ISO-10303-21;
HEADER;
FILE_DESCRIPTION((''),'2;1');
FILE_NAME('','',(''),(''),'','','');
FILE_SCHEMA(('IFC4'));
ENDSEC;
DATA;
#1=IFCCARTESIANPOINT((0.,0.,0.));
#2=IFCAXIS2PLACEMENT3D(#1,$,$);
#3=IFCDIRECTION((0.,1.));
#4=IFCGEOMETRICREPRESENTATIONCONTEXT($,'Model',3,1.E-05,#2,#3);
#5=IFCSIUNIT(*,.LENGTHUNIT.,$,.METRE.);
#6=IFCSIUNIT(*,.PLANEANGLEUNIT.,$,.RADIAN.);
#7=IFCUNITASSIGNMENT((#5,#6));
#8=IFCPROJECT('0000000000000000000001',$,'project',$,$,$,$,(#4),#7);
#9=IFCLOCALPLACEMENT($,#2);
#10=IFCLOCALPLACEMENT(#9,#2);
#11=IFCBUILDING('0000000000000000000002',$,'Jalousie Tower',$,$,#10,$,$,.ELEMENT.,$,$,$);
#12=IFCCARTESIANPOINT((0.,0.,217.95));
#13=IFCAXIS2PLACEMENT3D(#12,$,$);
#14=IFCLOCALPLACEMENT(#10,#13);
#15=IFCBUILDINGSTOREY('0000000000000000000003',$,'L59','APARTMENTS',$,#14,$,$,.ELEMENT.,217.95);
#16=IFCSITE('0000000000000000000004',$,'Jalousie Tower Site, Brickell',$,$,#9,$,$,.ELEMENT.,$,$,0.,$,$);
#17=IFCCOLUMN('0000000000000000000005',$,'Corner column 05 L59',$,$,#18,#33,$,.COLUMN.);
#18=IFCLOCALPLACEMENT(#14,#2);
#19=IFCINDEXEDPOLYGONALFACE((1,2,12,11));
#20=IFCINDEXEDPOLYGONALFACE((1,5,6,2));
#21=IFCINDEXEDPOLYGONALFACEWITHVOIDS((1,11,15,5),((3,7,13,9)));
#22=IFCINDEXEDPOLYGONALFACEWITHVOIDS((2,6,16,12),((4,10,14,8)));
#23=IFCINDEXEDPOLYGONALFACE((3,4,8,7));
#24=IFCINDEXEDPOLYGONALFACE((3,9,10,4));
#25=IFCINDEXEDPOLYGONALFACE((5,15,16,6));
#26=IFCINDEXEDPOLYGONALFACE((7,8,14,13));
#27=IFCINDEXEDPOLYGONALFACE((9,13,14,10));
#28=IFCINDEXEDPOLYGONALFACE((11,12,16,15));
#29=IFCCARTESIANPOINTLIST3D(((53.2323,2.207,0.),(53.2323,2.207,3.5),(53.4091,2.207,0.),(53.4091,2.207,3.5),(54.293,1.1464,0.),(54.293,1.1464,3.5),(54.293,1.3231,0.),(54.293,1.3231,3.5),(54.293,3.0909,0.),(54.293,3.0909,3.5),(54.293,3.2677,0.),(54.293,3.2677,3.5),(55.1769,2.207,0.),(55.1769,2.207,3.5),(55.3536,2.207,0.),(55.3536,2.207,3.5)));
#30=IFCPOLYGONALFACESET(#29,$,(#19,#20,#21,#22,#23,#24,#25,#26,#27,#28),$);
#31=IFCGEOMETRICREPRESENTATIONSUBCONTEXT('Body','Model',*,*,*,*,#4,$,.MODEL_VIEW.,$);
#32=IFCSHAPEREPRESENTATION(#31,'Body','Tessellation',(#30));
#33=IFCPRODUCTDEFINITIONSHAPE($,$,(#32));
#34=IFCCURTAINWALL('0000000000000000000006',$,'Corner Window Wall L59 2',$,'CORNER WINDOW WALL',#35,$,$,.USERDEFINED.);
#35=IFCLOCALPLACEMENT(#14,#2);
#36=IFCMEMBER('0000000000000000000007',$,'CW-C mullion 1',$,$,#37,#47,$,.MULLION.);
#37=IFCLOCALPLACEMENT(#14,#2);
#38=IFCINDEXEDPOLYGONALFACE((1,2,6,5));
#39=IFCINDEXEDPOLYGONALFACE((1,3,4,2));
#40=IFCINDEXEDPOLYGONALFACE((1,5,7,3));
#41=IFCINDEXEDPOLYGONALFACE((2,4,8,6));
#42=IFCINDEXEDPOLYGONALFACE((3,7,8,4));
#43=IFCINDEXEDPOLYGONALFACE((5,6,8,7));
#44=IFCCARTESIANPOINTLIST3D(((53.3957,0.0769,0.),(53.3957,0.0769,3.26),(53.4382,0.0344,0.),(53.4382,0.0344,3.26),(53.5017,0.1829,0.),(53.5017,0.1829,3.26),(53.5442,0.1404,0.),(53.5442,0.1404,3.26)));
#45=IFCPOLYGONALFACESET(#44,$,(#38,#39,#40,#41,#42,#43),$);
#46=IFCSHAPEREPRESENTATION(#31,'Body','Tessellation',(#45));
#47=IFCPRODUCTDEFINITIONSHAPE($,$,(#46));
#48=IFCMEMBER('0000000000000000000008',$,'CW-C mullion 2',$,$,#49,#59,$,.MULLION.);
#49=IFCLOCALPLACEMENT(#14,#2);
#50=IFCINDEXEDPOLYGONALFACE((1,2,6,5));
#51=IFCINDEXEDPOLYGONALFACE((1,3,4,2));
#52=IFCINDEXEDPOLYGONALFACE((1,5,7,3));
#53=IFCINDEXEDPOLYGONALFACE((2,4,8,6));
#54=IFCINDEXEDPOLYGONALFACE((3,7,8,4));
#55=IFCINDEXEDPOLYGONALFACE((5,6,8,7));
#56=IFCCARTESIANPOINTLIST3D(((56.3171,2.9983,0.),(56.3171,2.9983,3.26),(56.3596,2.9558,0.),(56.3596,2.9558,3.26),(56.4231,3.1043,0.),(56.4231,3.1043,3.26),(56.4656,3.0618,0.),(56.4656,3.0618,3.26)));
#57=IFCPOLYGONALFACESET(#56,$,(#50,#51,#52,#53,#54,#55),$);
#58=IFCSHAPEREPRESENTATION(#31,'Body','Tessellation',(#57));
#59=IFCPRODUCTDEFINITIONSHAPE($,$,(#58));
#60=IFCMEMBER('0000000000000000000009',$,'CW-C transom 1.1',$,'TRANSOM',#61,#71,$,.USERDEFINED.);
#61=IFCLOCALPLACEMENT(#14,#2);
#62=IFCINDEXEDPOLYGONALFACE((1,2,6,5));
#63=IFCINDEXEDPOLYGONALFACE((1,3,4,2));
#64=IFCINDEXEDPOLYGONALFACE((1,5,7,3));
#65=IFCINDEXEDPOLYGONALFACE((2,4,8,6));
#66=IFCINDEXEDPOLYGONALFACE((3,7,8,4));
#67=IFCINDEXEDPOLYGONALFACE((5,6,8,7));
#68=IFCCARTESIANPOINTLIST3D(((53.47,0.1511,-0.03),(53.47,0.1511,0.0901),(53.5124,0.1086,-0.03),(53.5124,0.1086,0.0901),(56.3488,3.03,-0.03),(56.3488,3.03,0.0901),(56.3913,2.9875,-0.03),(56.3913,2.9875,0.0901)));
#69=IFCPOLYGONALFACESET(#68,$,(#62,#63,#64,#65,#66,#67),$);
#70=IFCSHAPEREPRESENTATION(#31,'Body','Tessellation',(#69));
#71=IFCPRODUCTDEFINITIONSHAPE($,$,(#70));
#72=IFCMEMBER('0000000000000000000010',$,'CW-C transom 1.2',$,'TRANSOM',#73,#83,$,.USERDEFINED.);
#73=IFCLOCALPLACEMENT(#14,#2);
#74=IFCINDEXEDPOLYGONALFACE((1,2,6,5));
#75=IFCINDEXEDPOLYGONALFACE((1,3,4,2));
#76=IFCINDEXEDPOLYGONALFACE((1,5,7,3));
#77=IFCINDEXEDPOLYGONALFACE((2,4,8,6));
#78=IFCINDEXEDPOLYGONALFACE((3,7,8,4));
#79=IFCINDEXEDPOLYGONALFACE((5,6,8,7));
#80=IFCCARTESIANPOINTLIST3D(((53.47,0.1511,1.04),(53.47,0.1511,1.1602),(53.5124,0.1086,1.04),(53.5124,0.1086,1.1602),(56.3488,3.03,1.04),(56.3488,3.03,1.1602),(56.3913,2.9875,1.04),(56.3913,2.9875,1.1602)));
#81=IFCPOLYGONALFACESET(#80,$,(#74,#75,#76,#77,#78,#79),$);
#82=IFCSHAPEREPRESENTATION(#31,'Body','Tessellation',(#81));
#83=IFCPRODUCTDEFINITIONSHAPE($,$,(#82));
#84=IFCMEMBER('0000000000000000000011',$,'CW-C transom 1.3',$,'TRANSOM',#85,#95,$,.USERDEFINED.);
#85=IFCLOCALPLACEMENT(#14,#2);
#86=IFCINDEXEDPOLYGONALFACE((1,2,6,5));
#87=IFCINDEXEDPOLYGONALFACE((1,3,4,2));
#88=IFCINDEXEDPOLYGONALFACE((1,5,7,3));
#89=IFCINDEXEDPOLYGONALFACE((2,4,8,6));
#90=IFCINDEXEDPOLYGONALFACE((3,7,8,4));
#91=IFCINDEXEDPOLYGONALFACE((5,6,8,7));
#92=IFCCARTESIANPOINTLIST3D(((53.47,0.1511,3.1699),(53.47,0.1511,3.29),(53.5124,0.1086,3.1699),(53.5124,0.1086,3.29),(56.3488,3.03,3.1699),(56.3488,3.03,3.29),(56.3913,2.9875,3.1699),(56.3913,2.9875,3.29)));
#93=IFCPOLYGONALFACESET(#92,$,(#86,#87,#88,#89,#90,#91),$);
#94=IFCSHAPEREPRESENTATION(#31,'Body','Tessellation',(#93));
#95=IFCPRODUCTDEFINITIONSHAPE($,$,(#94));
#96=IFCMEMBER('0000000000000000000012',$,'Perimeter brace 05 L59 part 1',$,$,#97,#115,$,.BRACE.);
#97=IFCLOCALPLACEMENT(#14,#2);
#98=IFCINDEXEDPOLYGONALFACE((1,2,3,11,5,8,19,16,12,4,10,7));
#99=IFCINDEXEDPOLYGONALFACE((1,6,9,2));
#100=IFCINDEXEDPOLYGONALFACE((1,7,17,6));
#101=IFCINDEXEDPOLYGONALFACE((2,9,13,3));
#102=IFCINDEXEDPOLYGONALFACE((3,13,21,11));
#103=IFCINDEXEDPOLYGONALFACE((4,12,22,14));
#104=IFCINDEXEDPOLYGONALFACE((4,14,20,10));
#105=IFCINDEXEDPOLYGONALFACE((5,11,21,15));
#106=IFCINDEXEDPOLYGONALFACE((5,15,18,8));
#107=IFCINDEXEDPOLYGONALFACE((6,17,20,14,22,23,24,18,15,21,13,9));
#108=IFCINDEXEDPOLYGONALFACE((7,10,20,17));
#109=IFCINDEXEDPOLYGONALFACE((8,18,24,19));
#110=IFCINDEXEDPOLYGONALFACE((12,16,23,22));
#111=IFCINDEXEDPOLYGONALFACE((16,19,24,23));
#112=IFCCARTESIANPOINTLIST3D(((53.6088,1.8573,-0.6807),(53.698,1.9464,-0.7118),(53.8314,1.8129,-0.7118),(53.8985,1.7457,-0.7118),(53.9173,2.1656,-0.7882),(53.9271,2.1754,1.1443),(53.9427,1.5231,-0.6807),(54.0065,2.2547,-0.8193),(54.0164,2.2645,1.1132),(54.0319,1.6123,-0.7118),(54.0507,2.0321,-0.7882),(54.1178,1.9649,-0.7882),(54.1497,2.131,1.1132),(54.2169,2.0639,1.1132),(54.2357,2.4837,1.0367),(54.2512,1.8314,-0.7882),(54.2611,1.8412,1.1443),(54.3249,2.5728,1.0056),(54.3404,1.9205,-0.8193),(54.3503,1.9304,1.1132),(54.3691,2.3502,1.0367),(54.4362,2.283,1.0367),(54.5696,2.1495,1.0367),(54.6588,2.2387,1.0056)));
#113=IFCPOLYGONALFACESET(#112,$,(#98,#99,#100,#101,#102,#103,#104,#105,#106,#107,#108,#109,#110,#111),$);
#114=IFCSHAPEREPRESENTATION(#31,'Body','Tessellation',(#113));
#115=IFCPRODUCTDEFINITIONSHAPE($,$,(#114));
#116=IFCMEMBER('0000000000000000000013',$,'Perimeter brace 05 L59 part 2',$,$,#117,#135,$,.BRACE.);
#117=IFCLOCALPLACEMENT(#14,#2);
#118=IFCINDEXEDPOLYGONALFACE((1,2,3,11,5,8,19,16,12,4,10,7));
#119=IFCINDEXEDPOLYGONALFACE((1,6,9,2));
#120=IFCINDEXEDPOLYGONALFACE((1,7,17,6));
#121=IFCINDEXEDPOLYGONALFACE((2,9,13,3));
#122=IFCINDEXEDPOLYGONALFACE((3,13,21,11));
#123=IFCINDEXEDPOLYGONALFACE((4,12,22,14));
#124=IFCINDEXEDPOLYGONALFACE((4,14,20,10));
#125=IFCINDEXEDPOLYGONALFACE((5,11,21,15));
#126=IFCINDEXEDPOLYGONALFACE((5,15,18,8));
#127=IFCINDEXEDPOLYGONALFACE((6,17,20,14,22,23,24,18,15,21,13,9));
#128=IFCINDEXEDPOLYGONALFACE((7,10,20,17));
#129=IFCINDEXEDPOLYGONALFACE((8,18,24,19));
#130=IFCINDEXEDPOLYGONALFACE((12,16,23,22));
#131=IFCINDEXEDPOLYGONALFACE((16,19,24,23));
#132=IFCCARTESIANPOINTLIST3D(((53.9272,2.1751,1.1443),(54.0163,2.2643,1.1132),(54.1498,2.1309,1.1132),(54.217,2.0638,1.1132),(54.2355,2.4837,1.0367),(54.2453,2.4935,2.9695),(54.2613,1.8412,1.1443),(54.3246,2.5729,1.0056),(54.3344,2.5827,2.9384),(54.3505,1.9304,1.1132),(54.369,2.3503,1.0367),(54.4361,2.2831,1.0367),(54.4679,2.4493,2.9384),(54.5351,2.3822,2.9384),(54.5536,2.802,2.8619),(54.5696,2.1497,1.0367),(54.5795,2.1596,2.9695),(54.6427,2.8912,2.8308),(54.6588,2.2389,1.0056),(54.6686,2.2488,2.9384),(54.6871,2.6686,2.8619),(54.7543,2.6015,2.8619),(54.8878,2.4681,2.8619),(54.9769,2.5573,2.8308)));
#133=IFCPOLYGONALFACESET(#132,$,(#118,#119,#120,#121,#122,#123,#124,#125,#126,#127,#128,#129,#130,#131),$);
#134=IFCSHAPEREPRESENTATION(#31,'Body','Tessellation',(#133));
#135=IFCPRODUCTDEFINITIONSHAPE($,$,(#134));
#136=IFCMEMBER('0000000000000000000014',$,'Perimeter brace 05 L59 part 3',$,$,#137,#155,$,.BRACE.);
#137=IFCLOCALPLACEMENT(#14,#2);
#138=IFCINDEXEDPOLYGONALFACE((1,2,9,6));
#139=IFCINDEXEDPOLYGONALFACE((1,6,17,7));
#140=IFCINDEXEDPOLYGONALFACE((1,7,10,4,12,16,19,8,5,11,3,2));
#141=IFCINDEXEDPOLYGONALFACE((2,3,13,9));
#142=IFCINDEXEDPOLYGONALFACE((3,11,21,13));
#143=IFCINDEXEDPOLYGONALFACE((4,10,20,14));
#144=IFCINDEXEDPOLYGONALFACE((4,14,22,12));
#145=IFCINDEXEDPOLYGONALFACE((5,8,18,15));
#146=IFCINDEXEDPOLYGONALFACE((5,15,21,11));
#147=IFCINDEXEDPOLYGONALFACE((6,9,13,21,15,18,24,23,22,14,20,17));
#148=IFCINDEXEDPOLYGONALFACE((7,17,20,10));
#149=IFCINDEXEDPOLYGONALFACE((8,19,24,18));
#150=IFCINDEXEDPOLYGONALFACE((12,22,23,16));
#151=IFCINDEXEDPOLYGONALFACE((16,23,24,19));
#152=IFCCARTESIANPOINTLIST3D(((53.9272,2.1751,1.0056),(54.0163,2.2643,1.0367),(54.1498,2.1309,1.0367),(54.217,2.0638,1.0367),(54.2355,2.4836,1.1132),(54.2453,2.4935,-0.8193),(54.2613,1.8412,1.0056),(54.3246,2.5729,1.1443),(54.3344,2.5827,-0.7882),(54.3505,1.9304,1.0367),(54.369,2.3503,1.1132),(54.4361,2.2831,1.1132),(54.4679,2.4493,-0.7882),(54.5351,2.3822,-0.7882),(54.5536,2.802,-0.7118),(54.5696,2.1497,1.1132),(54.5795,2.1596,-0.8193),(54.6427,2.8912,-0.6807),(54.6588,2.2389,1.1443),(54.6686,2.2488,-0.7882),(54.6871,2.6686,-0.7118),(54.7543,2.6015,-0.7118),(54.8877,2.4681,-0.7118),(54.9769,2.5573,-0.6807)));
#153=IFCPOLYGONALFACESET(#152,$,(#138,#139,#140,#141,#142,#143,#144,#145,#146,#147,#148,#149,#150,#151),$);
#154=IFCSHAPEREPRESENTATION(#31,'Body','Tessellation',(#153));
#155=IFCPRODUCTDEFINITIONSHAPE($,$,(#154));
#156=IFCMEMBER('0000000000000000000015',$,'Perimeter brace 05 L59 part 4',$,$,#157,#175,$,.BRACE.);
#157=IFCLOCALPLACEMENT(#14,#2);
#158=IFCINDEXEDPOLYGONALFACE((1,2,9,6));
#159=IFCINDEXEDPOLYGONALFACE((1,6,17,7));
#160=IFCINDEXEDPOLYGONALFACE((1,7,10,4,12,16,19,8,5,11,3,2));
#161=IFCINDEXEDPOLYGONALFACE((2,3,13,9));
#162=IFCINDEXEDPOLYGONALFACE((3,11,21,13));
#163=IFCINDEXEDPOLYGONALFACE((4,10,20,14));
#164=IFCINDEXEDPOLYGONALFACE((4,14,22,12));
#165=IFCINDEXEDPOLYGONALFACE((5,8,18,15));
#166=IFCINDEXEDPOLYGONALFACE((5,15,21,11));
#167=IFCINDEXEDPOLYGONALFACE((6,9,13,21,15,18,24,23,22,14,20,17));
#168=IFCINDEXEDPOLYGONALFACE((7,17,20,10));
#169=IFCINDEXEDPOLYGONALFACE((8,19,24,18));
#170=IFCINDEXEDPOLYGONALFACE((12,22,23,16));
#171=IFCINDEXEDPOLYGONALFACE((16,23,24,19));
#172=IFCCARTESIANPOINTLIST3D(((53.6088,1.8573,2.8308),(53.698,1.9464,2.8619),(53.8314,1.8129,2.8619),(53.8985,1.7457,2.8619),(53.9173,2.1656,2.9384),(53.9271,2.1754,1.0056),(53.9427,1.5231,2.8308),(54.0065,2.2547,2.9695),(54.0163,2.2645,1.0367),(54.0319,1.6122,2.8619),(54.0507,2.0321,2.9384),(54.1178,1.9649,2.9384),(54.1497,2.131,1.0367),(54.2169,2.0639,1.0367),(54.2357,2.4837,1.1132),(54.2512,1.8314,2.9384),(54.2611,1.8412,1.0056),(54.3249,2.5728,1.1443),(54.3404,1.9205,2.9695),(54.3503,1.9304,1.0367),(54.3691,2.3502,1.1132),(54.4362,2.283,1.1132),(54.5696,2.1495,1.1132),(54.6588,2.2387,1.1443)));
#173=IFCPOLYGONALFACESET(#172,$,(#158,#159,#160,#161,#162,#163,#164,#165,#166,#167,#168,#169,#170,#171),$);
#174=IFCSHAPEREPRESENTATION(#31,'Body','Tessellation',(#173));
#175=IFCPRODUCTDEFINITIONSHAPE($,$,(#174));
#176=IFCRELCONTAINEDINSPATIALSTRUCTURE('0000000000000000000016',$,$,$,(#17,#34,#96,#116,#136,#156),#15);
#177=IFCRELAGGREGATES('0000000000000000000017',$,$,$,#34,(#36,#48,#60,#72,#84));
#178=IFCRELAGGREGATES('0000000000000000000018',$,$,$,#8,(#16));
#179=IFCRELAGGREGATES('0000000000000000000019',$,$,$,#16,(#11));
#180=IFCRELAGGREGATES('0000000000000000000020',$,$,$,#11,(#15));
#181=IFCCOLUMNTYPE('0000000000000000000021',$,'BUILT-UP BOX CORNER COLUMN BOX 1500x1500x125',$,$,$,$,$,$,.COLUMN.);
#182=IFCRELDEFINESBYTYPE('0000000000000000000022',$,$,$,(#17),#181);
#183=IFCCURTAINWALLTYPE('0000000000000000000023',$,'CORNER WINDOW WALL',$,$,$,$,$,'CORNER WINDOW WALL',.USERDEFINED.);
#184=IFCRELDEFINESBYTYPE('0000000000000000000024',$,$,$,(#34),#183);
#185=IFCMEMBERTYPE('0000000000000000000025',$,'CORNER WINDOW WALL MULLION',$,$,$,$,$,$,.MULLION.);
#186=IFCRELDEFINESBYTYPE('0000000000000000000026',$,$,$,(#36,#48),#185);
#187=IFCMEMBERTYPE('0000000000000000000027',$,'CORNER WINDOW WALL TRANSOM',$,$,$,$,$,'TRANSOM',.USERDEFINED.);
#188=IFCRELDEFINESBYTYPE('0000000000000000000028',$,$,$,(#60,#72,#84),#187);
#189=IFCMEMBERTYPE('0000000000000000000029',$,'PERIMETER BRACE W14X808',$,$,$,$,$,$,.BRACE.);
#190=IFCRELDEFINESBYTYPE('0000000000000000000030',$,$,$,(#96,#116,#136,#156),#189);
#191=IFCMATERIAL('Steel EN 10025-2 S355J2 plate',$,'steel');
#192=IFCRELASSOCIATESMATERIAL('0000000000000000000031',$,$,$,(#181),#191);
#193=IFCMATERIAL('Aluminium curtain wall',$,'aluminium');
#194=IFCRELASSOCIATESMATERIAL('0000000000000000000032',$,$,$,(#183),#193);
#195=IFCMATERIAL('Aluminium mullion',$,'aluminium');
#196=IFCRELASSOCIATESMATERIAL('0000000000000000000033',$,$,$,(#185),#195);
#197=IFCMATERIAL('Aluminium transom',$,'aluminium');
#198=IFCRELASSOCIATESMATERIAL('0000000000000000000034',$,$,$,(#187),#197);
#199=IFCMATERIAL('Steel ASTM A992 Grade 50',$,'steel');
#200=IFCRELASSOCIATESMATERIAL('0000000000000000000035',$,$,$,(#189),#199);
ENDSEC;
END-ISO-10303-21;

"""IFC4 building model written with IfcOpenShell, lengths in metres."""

from ifc_helpers import new_model, si_unit, direction, frame, origin, origin_2d, place, context, subcontext, project, spatial, rectangle, hollow_rectangle, i_section, extrude, material, material_profile, profile_set, type_object, element, aggregate, save


model = new_model("IFC4")

# Units and contexts
model_context = context("Model", 3, precision=1e-05, world=origin(), true_north=direction((0.0, 1.0)))
body_context = subcontext(model_context, "Body", "Model", "MODEL_VIEW")
ifc_project = project(units=[si_unit("LENGTHUNIT", "METRE"), si_unit("PLANEANGLEUNIT", "RADIAN")], contexts=[model_context])

# Site, building, storey
site_placement = place(None, origin())
site = spatial("IfcSite", under=ifc_project, at=site_placement, Name="Jalousie Tower Site, Brickell", CompositionType="ELEMENT", RefElevation=0.0)
building_placement = place(site_placement, origin())
building = spatial("IfcBuilding", under=site, at=building_placement, Name="Jalousie Tower", CompositionType="ELEMENT")
storey_placement = place(building_placement, frame((0.0, 0.0, 217.95)))
storey = spatial("IfcBuildingStorey", under=building, at=storey_placement, Name="L59", Description="APARTMENTS", CompositionType="ELEMENT", Elevation=217.95)

# Column
ifc_material_1 = material(Name="Steel EN 10025-2 S355J2 plate", Category="steel")
ifc_material_profile_1 = material_profile(ifc_material_1, hollow_rectangle(XDim=1.5, YDim=1.5, WallThickness=0.125, at=origin_2d()), Name="BOX 1500x1500x125")
ifc_profile_set_1 = profile_set([ifc_material_profile_1], Name="Steel EN 10025-2 S355J2 plate")
column_type = type_object("IfcColumnType", Name="BUILT-UP BOX CORNER COLUMN BOX 1500x1500x125", PredefinedType="COLUMN", material=ifc_profile_set_1)
column_placement = place(storey_placement, frame((54.293, 2.207, 0.0), z_axis=(0.0, 0.0, 1.0), x_axis=(-0.707107, 0.707107, 0.0)))
element("IfcColumn", 1, at=column_placement, inside=storey, type_object=column_type, Name="Corner column 05 L59", PredefinedType="COLUMN", context=body_context, shape_type="SweptSolid", body=[
    extrude(hollow_rectangle(XDim=1.5, YDim=1.5, WallThickness=0.125, at=origin_2d()), origin(), (0.0, 0.0, 1.0), 3.5),
])

# Curtain wall, members
ifc_material_2 = material(Name="Aluminium curtain wall", Category="aluminium")
curtain_wall_type_1 = type_object("IfcCurtainWallType", Name="CORNER WINDOW WALL", ElementType="CORNER WINDOW WALL", PredefinedType="USERDEFINED", material=ifc_material_2)
curtain_wall_1_placement = place(storey_placement, origin())
curtain_wall_1 = element("IfcCurtainWall", 2, at=curtain_wall_1_placement, inside=storey, type_object=curtain_wall_type_1, Name="Corner Window Wall L59 2", ObjectType="CORNER WINDOW WALL", PredefinedType="USERDEFINED")
ifc_material_3 = material(Name="Aluminium mullion", Category="aluminium")
ifc_material_profile_2 = material_profile(ifc_material_3, rectangle(XDim=0.0601, YDim=0.1499, at=origin_2d()), Name="MULLION 60x150")
ifc_profile_set_2 = profile_set([ifc_material_profile_2], Name="Aluminium mullion")
member_type_1 = type_object("IfcMemberType", Name="CORNER WINDOW WALL MULLION", PredefinedType="MULLION", material=ifc_profile_set_2)
member_1_placement = place(storey_placement, frame((53.47, 0.1086, 0.0), z_axis=(0.0, 0.0, 1.0), x_axis=(-0.707107, 0.707107, 0.0)))
member_1 = element("IfcMember", 3, at=member_1_placement, type_object=member_type_1, Name="CW-C mullion 1", PredefinedType="MULLION", context=body_context, shape_type="SweptSolid", body=[
    extrude(rectangle(XDim=0.0601, YDim=0.1499, at=origin_2d()), origin(), (0.0, 0.0, 1.0), 3.26),
])
member_2_placement = place(storey_placement, frame((56.3914, 3.03, 0.0), z_axis=(0.0, 0.0, 1.0), x_axis=(-0.707107, 0.707107, 0.0)))
member_2 = element("IfcMember", 4, at=member_2_placement, type_object=member_type_1, Name="CW-C mullion 2", PredefinedType="MULLION", context=body_context, shape_type="SweptSolid", body=[
    extrude(rectangle(XDim=0.0601, YDim=0.1499, at=origin_2d()), origin(), (0.0, 0.0, 1.0), 3.26),
])
ifc_material_4 = material(Name="Aluminium transom", Category="aluminium")
ifc_material_profile_3 = material_profile(ifc_material_4, rectangle(XDim=0.0601, YDim=0.1201, at=origin_2d()), Name="TRANSOM 60x120")
ifc_profile_set_3 = profile_set([ifc_material_profile_3], Name="Aluminium transom")
member_type_2 = type_object("IfcMemberType", Name="CORNER WINDOW WALL TRANSOM", ElementType="TRANSOM", PredefinedType="USERDEFINED", material=ifc_profile_set_3)
member_3_placement = place(storey_placement, frame((53.4912, 0.1299, 0.03), z_axis=(0.707107, 0.707107, 0.0), x_axis=(-0.707107, 0.707107, 0.0)))
member_3 = element("IfcMember", 5, at=member_3_placement, type_object=member_type_2, Name="CW-C transom 1.1", ObjectType="TRANSOM", PredefinedType="USERDEFINED", context=body_context, shape_type="SweptSolid", body=[
    extrude(rectangle(XDim=0.0601, YDim=0.1201, at=origin_2d()), origin(), (0.0, 0.0, 1.0), 4.0713),
])
member_4_placement = place(storey_placement, frame((53.4912, 0.1299, 1.1001), z_axis=(0.707107, 0.707107, 0.0), x_axis=(-0.707107, 0.707107, 0.0)))
member_4 = element("IfcMember", 6, at=member_4_placement, type_object=member_type_2, Name="CW-C transom 1.2", ObjectType="TRANSOM", PredefinedType="USERDEFINED", context=body_context, shape_type="SweptSolid", body=[
    extrude(rectangle(XDim=0.0601, YDim=0.1201, at=origin_2d()), origin(), (0.0, 0.0, 1.0), 4.0713),
])
member_5_placement = place(storey_placement, frame((53.4912, 0.1299, 3.23), z_axis=(0.707107, 0.707107, 0.0), x_axis=(-0.707107, 0.707107, 0.0)))
member_5 = element("IfcMember", 7, at=member_5_placement, type_object=member_type_2, Name="CW-C transom 1.3", ObjectType="TRANSOM", PredefinedType="USERDEFINED", context=body_context, shape_type="SweptSolid", body=[
    extrude(rectangle(XDim=0.0601, YDim=0.1201, at=origin_2d()), origin(), (0.0, 0.0, 1.0), 4.0713),
])

# Members
ifc_material_5 = material(Name="Steel ASTM A992 Grade 50", Category="steel")
ifc_material_profile_4 = material_profile(ifc_material_5, i_section(OverallWidth=0.4724, OverallDepth=0.5791, WebThickness=0.095, FlangeThickness=0.1299, at=origin_2d()), Name="W14X808")
ifc_profile_set_4 = profile_set([ifc_material_profile_4], Name="Steel ASTM A992 Grade 50")
member_type_3 = type_object("IfcMemberType", Name="PERIMETER BRACE W14X808", PredefinedType="BRACE", material=ifc_profile_set_4)
member_6_placement = place(storey_placement, frame((53.9746, 1.8889, -0.75), z_axis=(0.169374, 0.169244, 0.970911), x_axis=(-0.706835, 0.707378, 0.0)))
element("IfcMember", 8, at=member_6_placement, inside=storey, type_object=member_type_3, Name="Perimeter brace 05 L59 part 1", PredefinedType="BRACE", context=body_context, shape_type="SweptSolid", body=[
    extrude(i_section(OverallWidth=0.4724, OverallDepth=0.5791, WebThickness=0.095, FlangeThickness=0.1299, at=origin_2d()), origin(), (0.0, 0.0, 1.0), 1.8796),
])
member_7_placement = place(storey_placement, frame((54.293, 2.207, 1.075), z_axis=(0.169222, 0.169352, 0.970919), x_axis=(-0.707378, 0.706835, 0.0)))
element("IfcMember", 9, at=member_7_placement, inside=storey, type_object=member_type_3, Name="Perimeter brace 05 L59 part 2", PredefinedType="BRACE", context=body_context, shape_type="SweptSolid", body=[
    extrude(i_section(OverallWidth=0.4724, OverallDepth=0.5791, WebThickness=0.095, FlangeThickness=0.1299, at=origin_2d()), origin(), (0.0, 0.0, 1.0), 1.8799),
])
member_8_placement = place(storey_placement, frame((54.6111, 2.5254, -0.75), z_axis=(-0.169244, -0.169374, 0.970911), x_axis=(0.707378, -0.706835, 0.0)))
element("IfcMember", 10, at=member_8_placement, inside=storey, type_object=member_type_3, Name="Perimeter brace 05 L59 part 3", PredefinedType="BRACE", context=body_context, shape_type="SweptSolid", body=[
    extrude(i_section(OverallWidth=0.4724, OverallDepth=0.5791, WebThickness=0.095, FlangeThickness=0.1299, at=origin_2d()), origin(), (0.0, 0.0, 1.0), 1.8796),
])
member_9_placement = place(storey_placement, frame((54.293, 2.207, 1.075), z_axis=(-0.169352, -0.169222, 0.970919), x_axis=(0.706835, -0.707378, 0.0)))
element("IfcMember", 11, at=member_9_placement, inside=storey, type_object=member_type_3, Name="Perimeter brace 05 L59 part 4", PredefinedType="BRACE", context=body_context, shape_type="SweptSolid", body=[
    extrude(i_section(OverallWidth=0.4724, OverallDepth=0.5791, WebThickness=0.095, FlangeThickness=0.1299, at=origin_2d()), origin(), (0.0, 0.0, 1.0), 1.8799),
])

aggregate(curtain_wall_1, [member_1, member_2, member_3, member_4, member_5])

save(model, "model.ifc")
